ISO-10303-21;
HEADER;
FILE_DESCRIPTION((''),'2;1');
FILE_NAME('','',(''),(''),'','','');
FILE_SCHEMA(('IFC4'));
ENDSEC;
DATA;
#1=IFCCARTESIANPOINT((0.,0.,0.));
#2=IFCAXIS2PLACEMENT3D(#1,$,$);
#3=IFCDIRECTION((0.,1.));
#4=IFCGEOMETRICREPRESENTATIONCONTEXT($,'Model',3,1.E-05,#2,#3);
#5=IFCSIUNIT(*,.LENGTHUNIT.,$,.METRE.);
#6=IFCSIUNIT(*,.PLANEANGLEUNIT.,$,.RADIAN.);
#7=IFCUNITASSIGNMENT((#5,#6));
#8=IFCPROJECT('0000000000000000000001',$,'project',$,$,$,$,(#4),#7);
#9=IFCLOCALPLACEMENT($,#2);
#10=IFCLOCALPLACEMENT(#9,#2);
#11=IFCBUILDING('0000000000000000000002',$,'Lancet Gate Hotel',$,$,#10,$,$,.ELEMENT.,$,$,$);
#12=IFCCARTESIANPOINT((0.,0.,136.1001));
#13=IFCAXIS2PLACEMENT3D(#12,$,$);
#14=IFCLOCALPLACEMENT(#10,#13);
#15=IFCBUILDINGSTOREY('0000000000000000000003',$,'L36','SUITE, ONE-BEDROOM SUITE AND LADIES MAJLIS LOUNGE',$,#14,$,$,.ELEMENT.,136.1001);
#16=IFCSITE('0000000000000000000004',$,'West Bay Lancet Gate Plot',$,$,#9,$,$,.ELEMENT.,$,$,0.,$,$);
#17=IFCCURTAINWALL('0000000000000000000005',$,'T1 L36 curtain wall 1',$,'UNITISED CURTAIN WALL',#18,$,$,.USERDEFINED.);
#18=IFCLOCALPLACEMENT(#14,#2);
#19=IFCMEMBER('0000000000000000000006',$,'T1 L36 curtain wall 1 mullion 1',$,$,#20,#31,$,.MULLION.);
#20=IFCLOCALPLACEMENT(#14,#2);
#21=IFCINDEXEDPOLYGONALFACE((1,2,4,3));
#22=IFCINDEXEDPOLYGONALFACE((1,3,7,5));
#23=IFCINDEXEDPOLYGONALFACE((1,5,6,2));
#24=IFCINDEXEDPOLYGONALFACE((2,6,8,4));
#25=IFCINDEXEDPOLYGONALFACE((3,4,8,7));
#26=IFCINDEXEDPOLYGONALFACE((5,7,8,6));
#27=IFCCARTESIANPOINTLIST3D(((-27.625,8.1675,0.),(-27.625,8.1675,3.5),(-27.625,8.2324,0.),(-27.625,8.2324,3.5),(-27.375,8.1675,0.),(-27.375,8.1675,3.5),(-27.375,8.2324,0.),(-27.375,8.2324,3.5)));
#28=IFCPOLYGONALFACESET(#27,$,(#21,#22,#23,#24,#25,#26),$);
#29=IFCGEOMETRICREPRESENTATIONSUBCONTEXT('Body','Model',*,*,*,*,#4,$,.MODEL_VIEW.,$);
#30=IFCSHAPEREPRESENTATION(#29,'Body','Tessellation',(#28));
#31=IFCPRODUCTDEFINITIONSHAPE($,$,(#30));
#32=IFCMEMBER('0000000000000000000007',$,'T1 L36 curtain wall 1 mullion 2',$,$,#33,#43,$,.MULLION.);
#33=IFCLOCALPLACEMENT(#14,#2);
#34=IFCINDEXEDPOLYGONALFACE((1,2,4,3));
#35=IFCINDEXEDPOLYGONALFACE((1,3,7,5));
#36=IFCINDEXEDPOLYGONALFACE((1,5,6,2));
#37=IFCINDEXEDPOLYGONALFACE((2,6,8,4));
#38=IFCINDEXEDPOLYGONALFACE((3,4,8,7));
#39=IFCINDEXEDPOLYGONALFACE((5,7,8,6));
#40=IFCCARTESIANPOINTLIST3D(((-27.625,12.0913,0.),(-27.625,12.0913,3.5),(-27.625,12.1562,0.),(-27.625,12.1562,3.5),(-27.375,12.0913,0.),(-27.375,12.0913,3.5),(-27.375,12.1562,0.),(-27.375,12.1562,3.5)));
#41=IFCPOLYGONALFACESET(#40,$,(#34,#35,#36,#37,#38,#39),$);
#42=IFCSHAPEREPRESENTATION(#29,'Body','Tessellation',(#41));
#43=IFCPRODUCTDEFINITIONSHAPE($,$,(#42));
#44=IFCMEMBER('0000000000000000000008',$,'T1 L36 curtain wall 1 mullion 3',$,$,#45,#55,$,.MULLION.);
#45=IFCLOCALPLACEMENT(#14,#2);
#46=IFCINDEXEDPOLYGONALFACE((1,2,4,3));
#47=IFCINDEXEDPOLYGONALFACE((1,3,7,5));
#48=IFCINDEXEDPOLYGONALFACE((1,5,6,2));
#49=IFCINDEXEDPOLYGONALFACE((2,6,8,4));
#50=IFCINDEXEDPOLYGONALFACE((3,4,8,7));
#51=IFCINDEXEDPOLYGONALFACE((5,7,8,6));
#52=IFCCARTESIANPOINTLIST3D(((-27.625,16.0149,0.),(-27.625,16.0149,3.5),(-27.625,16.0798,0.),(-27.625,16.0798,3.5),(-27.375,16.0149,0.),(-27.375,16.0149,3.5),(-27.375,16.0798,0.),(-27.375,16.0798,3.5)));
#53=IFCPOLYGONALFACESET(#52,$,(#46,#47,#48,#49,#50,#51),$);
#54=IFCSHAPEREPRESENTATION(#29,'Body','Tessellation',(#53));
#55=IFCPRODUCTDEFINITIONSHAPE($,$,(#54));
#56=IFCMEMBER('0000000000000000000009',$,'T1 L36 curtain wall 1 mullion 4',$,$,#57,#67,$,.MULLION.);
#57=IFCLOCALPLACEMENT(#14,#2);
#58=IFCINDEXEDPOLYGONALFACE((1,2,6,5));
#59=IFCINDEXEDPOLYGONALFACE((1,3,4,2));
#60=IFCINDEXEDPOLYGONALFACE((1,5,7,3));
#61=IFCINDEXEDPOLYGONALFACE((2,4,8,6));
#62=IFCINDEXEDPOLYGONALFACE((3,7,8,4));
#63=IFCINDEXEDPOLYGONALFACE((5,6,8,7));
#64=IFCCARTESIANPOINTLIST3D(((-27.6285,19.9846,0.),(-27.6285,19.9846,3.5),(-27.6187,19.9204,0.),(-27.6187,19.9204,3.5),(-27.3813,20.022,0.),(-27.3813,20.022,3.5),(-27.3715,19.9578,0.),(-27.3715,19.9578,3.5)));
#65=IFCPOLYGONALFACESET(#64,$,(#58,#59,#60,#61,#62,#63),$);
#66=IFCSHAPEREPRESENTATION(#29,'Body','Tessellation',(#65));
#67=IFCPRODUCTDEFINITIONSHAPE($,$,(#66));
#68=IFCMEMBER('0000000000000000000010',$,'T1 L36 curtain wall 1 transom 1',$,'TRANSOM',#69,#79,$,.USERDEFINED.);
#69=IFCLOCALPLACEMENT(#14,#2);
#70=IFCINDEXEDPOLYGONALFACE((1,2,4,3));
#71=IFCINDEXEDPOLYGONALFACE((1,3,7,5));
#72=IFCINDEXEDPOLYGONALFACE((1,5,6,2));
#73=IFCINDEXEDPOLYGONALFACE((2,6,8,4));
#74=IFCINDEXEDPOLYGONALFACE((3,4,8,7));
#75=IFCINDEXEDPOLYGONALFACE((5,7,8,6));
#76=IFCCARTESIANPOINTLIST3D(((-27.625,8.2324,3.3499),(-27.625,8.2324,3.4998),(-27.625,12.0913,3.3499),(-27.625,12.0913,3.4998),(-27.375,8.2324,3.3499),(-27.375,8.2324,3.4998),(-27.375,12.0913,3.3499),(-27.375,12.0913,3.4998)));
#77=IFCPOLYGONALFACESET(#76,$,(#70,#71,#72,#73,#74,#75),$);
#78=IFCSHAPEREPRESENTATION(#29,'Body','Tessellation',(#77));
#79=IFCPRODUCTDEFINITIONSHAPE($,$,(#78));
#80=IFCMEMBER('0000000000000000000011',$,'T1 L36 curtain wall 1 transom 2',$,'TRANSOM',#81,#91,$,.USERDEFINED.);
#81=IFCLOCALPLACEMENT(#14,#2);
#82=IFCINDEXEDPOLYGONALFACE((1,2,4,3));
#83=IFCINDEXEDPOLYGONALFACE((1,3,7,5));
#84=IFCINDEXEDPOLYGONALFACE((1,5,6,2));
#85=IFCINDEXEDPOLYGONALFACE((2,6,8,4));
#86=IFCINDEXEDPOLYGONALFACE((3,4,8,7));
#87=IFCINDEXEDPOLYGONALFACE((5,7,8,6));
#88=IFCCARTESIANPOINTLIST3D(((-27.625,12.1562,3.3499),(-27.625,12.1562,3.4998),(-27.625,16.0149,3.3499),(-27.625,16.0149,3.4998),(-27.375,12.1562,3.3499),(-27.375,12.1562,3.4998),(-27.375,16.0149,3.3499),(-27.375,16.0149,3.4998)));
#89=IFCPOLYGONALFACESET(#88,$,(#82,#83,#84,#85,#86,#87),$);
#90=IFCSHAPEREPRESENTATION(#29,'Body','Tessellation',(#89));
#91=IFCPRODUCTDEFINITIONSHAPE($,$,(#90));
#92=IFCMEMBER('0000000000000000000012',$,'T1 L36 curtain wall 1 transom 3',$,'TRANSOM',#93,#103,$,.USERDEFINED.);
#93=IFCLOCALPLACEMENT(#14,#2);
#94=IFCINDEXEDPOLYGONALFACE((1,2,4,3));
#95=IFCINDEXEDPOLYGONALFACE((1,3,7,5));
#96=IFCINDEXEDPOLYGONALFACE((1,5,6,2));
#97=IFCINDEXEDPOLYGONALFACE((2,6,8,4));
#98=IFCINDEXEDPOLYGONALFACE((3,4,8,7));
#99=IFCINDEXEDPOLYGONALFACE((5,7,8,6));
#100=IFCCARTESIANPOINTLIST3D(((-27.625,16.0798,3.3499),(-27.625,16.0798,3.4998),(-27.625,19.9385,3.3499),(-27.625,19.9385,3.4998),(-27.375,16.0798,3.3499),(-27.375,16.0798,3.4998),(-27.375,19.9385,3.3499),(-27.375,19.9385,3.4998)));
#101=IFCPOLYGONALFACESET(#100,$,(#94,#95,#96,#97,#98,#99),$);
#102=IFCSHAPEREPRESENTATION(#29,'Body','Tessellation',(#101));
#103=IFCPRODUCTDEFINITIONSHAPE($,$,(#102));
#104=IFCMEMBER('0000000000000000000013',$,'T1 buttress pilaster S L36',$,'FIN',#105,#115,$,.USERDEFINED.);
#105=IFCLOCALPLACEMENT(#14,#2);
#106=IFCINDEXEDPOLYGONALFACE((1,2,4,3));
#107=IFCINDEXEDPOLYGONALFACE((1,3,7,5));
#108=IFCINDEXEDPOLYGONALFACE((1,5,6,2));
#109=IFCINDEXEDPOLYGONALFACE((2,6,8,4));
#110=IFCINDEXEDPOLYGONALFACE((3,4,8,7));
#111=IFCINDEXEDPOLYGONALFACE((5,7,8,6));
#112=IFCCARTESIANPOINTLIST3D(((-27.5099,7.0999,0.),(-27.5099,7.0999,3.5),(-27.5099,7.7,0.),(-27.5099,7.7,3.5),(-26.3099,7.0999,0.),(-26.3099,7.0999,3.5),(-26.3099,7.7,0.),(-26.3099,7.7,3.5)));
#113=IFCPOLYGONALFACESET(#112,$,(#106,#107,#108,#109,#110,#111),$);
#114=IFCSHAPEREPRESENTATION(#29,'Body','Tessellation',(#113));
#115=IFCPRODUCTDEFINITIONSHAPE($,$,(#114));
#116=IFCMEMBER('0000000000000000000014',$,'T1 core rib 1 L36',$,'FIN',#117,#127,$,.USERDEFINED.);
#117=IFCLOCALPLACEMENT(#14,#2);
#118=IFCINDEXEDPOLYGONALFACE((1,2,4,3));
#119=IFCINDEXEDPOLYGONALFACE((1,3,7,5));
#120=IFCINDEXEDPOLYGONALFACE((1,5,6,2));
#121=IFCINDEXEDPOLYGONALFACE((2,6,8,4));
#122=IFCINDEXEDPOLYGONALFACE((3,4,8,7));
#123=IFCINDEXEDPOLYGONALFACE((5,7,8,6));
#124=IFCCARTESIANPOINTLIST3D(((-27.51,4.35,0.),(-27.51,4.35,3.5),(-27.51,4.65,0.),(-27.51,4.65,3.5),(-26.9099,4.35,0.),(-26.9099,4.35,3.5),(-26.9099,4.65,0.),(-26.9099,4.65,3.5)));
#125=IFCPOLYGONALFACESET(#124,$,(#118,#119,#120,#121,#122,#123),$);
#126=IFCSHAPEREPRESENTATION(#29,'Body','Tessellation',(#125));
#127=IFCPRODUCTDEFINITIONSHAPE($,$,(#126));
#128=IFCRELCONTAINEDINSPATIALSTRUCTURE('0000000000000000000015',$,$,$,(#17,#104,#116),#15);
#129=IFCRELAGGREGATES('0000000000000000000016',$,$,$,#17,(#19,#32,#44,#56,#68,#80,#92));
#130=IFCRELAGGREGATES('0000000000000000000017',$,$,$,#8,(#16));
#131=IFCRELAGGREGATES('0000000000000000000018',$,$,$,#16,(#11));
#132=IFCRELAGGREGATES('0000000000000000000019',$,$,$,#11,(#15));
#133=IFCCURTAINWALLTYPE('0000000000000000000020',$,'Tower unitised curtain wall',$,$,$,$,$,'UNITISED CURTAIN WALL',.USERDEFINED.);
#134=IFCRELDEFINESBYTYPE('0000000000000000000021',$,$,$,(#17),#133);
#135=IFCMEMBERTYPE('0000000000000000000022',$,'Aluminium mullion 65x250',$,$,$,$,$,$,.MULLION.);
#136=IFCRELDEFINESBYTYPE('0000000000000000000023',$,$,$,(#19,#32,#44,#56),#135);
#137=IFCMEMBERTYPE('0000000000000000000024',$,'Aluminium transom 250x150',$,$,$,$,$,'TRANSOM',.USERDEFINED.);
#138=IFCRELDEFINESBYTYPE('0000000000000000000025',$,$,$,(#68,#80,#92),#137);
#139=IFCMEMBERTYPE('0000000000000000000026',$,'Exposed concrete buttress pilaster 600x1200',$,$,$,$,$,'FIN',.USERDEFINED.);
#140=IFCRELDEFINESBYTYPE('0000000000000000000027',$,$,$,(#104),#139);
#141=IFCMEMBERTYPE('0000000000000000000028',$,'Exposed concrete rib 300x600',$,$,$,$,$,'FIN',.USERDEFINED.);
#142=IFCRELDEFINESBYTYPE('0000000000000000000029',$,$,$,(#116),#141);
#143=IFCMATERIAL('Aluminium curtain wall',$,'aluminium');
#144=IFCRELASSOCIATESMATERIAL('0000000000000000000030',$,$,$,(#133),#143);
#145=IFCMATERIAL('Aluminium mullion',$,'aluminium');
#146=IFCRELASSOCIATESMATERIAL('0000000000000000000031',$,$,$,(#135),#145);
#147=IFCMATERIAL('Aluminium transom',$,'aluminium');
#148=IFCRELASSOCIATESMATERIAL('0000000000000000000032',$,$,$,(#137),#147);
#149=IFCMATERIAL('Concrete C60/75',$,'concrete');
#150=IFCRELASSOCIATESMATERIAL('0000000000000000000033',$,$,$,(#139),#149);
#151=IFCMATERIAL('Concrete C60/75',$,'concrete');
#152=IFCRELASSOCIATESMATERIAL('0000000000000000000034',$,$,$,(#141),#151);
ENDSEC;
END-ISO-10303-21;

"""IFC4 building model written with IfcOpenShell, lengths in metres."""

from ifc_helpers import new_model, si_unit, direction, frame, origin, origin_2d, place, context, subcontext, project, spatial, rectangle, extrude, material, material_profile, profile_set, type_object, element, aggregate, save


model = new_model("IFC4")

# Units and contexts
model_context = context("Model", 3, precision=1e-05, world=origin(), true_north=direction((0.0, 1.0)))
body_context = subcontext(model_context, "Body", "Model", "MODEL_VIEW")
ifc_project = project(units=[si_unit("LENGTHUNIT", "METRE"), si_unit("PLANEANGLEUNIT", "RADIAN")], contexts=[model_context])

# Site, building, storey
site_placement = place(None, origin())
site = spatial("IfcSite", under=ifc_project, at=site_placement, Name="West Bay Lancet Gate Plot", CompositionType="ELEMENT", RefElevation=0.0)
building_placement = place(site_placement, origin())
building = spatial("IfcBuilding", under=site, at=building_placement, Name="Lancet Gate Hotel", CompositionType="ELEMENT")
storey_placement = place(building_placement, frame((0.0, 0.0, 136.1001)))
storey = spatial("IfcBuildingStorey", under=building, at=storey_placement, Name="L36", Description="SUITE, ONE-BEDROOM SUITE AND LADIES MAJLIS LOUNGE", CompositionType="ELEMENT", Elevation=136.1001)

# Curtain wall, members
ifc_material_1 = material(Name="Aluminium curtain wall", Category="aluminium")
curtain_wall_type = type_object("IfcCurtainWallType", Name="Tower unitised curtain wall", ElementType="UNITISED CURTAIN WALL", PredefinedType="USERDEFINED", material=ifc_material_1)
curtain_wall_placement = place(storey_placement, origin())
curtain_wall = element("IfcCurtainWall", 1, at=curtain_wall_placement, inside=storey, type_object=curtain_wall_type, Name="T1 L36 curtain wall 1", ObjectType="UNITISED CURTAIN WALL", PredefinedType="USERDEFINED")
ifc_material_2 = material(Name="Aluminium mullion", Category="aluminium")
ifc_material_profile_1 = material_profile(ifc_material_2, rectangle(XDim=0.0649, YDim=0.25, at=origin_2d()), Name="MULLION 65x250")
ifc_profile_set_1 = profile_set([ifc_material_profile_1], Name="Aluminium mullion")
member_type_1 = type_object("IfcMemberType", Name="Aluminium mullion 65x250", PredefinedType="MULLION", material=ifc_profile_set_1)
member_1_placement = place(storey_placement, frame((-27.5, 8.2, 0.0), z_axis=(0.0, 0.0, 1.0), x_axis=(0.0, 1.0, 0.0)))
member_1 = element("IfcMember", 2, at=member_1_placement, type_object=member_type_1, Name="T1 L36 curtain wall 1 mullion 1", PredefinedType="MULLION", context=body_context, shape_type="SweptSolid", body=[
    extrude(rectangle(XDim=0.0649, YDim=0.25, at=origin_2d()), origin(), (0.0, 0.0, 1.0), 3.5),
])
member_2_placement = place(storey_placement, frame((-27.5, 12.1238, 0.0), z_axis=(0.0, 0.0, 1.0), x_axis=(0.0, 1.0, 0.0)))
member_2 = element("IfcMember", 3, at=member_2_placement, type_object=member_type_1, Name="T1 L36 curtain wall 1 mullion 2", PredefinedType="MULLION", context=body_context, shape_type="SweptSolid", body=[
    extrude(rectangle(XDim=0.0649, YDim=0.25, at=origin_2d()), origin(), (0.0, 0.0, 1.0), 3.5),
])
member_3_placement = place(storey_placement, frame((-27.5, 16.0474, 0.0), z_axis=(0.0, 0.0, 1.0), x_axis=(0.0, 1.0, 0.0)))
member_3 = element("IfcMember", 4, at=member_3_placement, type_object=member_type_1, Name="T1 L36 curtain wall 1 mullion 3", PredefinedType="MULLION", context=body_context, shape_type="SweptSolid", body=[
    extrude(rectangle(XDim=0.0649, YDim=0.25, at=origin_2d()), origin(), (0.0, 0.0, 1.0), 3.5),
])
member_4_placement = place(storey_placement, frame((-27.5, 19.9712, 0.0), z_axis=(0.0, 0.0, 1.0), x_axis=(-0.149634, 0.988741, 0.0)))
member_4 = element("IfcMember", 5, at=member_4_placement, type_object=member_type_1, Name="T1 L36 curtain wall 1 mullion 4", PredefinedType="MULLION", context=body_context, shape_type="SweptSolid", body=[
    extrude(rectangle(XDim=0.0649, YDim=0.25, at=origin_2d()), origin(), (0.0, 0.0, 1.0), 3.5),
])
ifc_material_3 = material(Name="Aluminium transom", Category="aluminium")
ifc_material_profile_2 = material_profile(ifc_material_3, rectangle(XDim=0.25, YDim=0.1499, at=origin_2d()), Name="TRANSOM 250x150")
ifc_profile_set_2 = profile_set([ifc_material_profile_2], Name="Aluminium transom")
member_type_2 = type_object("IfcMemberType", Name="Aluminium transom 250x150", ElementType="TRANSOM", PredefinedType="USERDEFINED", material=ifc_profile_set_2)
member_5_placement = place(storey_placement, frame((-27.5, 8.2324, 3.4248), z_axis=(0.0, 1.0, 0.0), x_axis=(-1.0, 0.0, 0.0)))
member_5 = element("IfcMember", 6, at=member_5_placement, type_object=member_type_2, Name="T1 L36 curtain wall 1 transom 1", ObjectType="TRANSOM", PredefinedType="USERDEFINED", context=body_context, shape_type="SweptSolid", body=[
    extrude(rectangle(XDim=0.25, YDim=0.1499, at=origin_2d()), origin(), (0.0, 0.0, 1.0), 3.8589),
])
member_6_placement = place(storey_placement, frame((-27.5, 12.1562, 3.4248), z_axis=(0.0, 1.0, 0.0), x_axis=(-1.0, 0.0, 0.0)))
member_6 = element("IfcMember", 7, at=member_6_placement, type_object=member_type_2, Name="T1 L36 curtain wall 1 transom 2", ObjectType="TRANSOM", PredefinedType="USERDEFINED", context=body_context, shape_type="SweptSolid", body=[
    extrude(rectangle(XDim=0.25, YDim=0.1499, at=origin_2d()), origin(), (0.0, 0.0, 1.0), 3.8586),
])
member_7_placement = place(storey_placement, frame((-27.5, 16.0798, 3.4248), z_axis=(0.0, 1.0, 0.0), x_axis=(-1.0, 0.0, 0.0)))
member_7 = element("IfcMember", 8, at=member_7_placement, type_object=member_type_2, Name="T1 L36 curtain wall 1 transom 3", ObjectType="TRANSOM", PredefinedType="USERDEFINED", context=body_context, shape_type="SweptSolid", body=[
    extrude(rectangle(XDim=0.25, YDim=0.1499, at=origin_2d()), origin(), (0.0, 0.0, 1.0), 3.8586),
])

# Members
ifc_material_4 = material(Name="Concrete C60/75", Category="concrete")
ifc_material_profile_3 = material_profile(ifc_material_4, rectangle(XDim=0.6001, YDim=1.2, at=origin_2d()), Name="FIN 600x1200")
ifc_profile_set_3 = profile_set([ifc_material_profile_3], Name="Concrete C60/75")
member_type_3 = type_object("IfcMemberType", Name="Exposed concrete buttress pilaster 600x1200", ElementType="FIN", PredefinedType="USERDEFINED", material=ifc_profile_set_3)
member_8_placement = place(storey_placement, frame((-26.9099, 7.3999, 0.0), z_axis=(0.0, 0.0, 1.0), x_axis=(0.0, 1.0, 0.0)))
element("IfcMember", 9, at=member_8_placement, inside=storey, type_object=member_type_3, Name="T1 buttress pilaster S L36", ObjectType="FIN", PredefinedType="USERDEFINED", context=body_context, shape_type="SweptSolid", body=[
    extrude(rectangle(XDim=0.6001, YDim=1.2, at=origin_2d()), origin(), (0.0, 0.0, 1.0), 3.5),
])
ifc_material_5 = material(Name="Concrete C60/75", Category="concrete")
ifc_material_profile_4 = material_profile(ifc_material_5, rectangle(XDim=0.3, YDim=0.6001, at=origin_2d()), Name="FIN 300x600")
ifc_profile_set_4 = profile_set([ifc_material_profile_4], Name="Concrete C60/75")
member_type_4 = type_object("IfcMemberType", Name="Exposed concrete rib 300x600", ElementType="FIN", PredefinedType="USERDEFINED", material=ifc_profile_set_4)
member_9_placement = place(storey_placement, frame((-27.21, 4.5, 0.0), z_axis=(0.0, 0.0, 1.0), x_axis=(0.0, 1.0, 0.0)))
element("IfcMember", 10, at=member_9_placement, inside=storey, type_object=member_type_4, Name="T1 core rib 1 L36", ObjectType="FIN", PredefinedType="USERDEFINED", context=body_context, shape_type="SweptSolid", body=[
    extrude(rectangle(XDim=0.3, YDim=0.6001, at=origin_2d()), origin(), (0.0, 0.0, 1.0), 3.5),
])

aggregate(curtain_wall, [member_1, member_2, member_3, member_4, member_5, member_6, member_7])

save(model, "model.ifc")
